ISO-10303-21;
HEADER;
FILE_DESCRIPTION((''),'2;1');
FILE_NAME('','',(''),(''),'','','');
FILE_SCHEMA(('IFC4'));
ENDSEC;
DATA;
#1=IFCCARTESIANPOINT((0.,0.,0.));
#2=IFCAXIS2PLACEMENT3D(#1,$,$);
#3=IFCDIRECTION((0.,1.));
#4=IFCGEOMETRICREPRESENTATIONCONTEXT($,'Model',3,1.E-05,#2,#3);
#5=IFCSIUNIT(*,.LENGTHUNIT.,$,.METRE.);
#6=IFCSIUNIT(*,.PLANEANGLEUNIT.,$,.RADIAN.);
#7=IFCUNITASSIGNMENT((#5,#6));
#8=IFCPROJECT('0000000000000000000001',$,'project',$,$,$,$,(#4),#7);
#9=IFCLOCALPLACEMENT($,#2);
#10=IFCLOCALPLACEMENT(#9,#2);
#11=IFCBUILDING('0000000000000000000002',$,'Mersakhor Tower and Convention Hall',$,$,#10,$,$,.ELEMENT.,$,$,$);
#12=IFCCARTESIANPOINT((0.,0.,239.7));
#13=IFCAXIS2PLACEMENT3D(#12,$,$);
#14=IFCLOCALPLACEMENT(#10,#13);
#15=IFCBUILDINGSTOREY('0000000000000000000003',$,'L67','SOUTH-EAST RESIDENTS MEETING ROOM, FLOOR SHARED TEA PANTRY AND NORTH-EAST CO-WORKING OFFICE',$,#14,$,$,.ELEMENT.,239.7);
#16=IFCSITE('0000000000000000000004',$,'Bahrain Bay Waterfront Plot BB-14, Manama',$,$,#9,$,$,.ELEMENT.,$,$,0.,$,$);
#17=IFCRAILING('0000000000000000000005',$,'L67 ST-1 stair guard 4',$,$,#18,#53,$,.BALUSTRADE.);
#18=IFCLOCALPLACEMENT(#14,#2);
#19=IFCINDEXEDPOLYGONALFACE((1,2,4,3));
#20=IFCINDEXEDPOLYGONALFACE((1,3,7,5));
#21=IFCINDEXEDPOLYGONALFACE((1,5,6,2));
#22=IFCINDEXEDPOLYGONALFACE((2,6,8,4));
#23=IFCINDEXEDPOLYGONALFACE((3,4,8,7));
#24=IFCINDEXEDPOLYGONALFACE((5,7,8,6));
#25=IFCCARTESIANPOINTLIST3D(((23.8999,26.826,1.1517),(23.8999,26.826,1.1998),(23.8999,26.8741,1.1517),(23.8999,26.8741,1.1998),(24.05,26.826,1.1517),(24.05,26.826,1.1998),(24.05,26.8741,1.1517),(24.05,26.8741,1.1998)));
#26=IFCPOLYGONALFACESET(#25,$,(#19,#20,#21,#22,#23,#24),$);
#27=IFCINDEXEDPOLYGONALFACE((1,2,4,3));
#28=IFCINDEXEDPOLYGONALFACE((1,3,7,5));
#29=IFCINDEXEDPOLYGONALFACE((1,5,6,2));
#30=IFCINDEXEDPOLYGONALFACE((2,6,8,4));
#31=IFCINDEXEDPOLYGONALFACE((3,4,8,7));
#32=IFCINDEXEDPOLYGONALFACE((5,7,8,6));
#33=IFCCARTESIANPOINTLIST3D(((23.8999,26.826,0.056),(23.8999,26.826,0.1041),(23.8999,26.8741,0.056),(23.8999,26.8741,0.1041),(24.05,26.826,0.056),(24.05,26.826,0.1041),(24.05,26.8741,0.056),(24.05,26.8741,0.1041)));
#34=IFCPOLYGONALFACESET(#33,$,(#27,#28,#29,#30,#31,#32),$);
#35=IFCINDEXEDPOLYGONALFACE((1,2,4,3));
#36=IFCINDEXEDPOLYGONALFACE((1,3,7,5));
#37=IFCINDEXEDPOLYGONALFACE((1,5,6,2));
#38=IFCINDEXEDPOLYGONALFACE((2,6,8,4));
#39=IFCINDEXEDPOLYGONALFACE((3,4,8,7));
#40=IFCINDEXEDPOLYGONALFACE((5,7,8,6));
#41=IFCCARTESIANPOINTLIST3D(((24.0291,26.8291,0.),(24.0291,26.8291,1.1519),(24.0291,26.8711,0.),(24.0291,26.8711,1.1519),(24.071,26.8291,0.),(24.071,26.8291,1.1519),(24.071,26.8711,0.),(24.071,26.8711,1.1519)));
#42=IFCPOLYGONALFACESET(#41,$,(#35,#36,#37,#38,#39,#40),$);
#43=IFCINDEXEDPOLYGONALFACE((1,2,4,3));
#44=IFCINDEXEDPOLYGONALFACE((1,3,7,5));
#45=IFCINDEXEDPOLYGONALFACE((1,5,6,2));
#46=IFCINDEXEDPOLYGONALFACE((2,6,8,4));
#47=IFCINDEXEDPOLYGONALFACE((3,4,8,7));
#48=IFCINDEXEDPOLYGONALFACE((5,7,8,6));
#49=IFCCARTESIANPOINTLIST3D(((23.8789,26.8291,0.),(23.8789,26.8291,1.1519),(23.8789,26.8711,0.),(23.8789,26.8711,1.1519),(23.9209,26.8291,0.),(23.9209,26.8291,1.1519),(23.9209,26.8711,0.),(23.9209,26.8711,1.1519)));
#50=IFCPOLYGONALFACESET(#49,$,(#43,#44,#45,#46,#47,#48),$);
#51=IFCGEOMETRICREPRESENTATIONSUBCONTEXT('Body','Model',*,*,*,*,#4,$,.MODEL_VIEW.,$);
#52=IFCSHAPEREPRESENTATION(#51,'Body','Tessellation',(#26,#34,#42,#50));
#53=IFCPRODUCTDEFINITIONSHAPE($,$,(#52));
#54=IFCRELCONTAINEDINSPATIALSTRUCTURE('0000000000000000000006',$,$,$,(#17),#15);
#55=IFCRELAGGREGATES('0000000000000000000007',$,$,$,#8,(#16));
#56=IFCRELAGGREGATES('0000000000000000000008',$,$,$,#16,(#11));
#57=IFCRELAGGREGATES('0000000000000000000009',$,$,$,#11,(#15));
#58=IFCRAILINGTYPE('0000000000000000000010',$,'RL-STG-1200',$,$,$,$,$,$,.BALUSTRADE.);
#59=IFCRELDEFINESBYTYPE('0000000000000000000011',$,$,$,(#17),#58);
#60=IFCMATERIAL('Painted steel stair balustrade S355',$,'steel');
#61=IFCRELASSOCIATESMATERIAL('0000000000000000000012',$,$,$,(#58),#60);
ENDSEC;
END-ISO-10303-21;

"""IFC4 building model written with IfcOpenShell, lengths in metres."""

from ifc_helpers import new_model, si_unit, direction, frame, origin, origin_2d, place, context, subcontext, project, spatial, rectangle, extrude, material, type_object, element, save


model = new_model("IFC4")

# Units and contexts
model_context = context("Model", 3, precision=1e-05, world=origin(), true_north=direction((0.0, 1.0)))
body_context = subcontext(model_context, "Body", "Model", "MODEL_VIEW")
ifc_project = project(units=[si_unit("LENGTHUNIT", "METRE"), si_unit("PLANEANGLEUNIT", "RADIAN")], contexts=[model_context])

# Site, building, storey
site_placement = place(None, origin())
site = spatial("IfcSite", under=ifc_project, at=site_placement, Name="Bahrain Bay Waterfront Plot BB-14, Manama", CompositionType="ELEMENT", RefElevation=0.0)
building_placement = place(site_placement, origin())
building = spatial("IfcBuilding", under=site, at=building_placement, Name="Mersakhor Tower and Convention Hall", CompositionType="ELEMENT")
storey_placement = place(building_placement, frame((0.0, 0.0, 239.7)))
storey = spatial("IfcBuildingStorey", under=building, at=storey_placement, Name="L67", Description="SOUTH-EAST RESIDENTS MEETING ROOM, FLOOR SHARED TEA PANTRY AND NORTH-EAST CO-WORKING OFFICE", CompositionType="ELEMENT", Elevation=239.7)

# Railing
ifc_material_1 = material(Name="Painted steel stair balustrade S355", Category="steel")
railing_type_1 = type_object("IfcRailingType", Name="RL-STG-1200", PredefinedType="BALUSTRADE", material=ifc_material_1)
railing_1_placement = place(storey_placement, frame((24.05, 26.8501, 0.0)))
element("IfcRailing", 1, at=railing_1_placement, inside=storey, type_object=railing_type_1, Name="L67 ST-1 stair guard 4", PredefinedType="BALUSTRADE", context=body_context, shape_type="SweptSolid", body=[
    extrude(rectangle(XDim=0.0481, YDim=0.0481, at=origin_2d()), frame((0.0, 0.0, 1.1758), z_axis=(-1.0, 0.0, 0.0), x_axis=(0.0, -1.0, 0.0)), (0.0, 0.0, 1.0), 0.1501),
    extrude(rectangle(XDim=0.0481, YDim=0.0481, at=origin_2d()), frame((0.0, 0.0, 0.0801), z_axis=(-1.0, 0.0, 0.0), x_axis=(0.0, -1.0, 0.0)), (0.0, 0.0, 1.0), 0.1501),
    extrude(rectangle(XDim=0.042, YDim=0.042, at=origin_2d()), origin(), (0.0, 0.0, 1.0), 1.1519),
    extrude(rectangle(XDim=0.042, YDim=0.042, at=origin_2d()), frame((-0.1501, 0.0, 0.0)), (0.0, 0.0, 1.0), 1.1519),
])

save(model, "model.ifc")
